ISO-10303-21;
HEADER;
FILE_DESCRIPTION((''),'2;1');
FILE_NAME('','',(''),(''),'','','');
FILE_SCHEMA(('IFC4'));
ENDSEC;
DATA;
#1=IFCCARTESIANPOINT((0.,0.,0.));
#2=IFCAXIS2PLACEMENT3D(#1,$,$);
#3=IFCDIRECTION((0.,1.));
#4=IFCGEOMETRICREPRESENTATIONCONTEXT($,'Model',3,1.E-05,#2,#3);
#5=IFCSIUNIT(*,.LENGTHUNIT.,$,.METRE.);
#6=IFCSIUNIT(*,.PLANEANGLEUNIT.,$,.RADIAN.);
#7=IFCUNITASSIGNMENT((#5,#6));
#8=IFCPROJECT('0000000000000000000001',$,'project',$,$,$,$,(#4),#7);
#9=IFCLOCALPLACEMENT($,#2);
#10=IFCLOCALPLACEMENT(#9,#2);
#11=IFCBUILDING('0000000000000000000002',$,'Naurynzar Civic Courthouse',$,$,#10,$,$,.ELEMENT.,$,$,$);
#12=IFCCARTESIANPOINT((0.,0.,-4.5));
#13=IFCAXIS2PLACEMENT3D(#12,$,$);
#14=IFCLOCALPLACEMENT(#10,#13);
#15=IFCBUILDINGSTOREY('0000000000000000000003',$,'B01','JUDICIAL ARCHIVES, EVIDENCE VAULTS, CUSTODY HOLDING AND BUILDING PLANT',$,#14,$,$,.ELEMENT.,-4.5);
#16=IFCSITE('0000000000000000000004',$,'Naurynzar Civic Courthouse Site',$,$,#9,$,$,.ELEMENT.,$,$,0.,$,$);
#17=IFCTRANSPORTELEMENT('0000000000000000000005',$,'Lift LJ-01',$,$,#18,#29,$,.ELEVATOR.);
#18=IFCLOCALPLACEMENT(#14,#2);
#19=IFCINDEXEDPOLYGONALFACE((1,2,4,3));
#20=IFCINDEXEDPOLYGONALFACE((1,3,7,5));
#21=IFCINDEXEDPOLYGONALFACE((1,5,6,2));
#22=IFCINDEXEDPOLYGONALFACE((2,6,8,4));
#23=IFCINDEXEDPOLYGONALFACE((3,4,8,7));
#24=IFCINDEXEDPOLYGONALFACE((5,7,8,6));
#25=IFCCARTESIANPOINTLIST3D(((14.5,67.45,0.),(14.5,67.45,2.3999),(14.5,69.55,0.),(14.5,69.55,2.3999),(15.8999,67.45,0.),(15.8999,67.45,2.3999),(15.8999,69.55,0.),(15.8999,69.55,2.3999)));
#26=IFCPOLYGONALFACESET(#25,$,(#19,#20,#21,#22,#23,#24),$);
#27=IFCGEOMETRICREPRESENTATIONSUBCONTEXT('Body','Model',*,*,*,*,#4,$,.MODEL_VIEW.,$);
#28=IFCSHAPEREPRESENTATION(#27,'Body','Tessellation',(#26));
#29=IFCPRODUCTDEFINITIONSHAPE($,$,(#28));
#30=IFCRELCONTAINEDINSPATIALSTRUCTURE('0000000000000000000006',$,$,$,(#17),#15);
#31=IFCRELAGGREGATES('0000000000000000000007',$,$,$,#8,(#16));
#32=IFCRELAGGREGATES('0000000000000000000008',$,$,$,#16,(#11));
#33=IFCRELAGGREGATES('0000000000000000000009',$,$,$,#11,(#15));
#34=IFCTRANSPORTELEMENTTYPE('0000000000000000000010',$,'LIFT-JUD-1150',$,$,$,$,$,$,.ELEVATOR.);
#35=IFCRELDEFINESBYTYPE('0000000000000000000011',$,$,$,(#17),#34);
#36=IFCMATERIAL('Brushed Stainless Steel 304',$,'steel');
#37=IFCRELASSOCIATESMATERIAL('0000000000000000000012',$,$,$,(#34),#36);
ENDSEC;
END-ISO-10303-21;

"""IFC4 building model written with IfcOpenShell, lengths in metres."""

from ifc_helpers import new_model, si_unit, direction, frame, origin, origin_2d, place, context, subcontext, project, spatial, rectangle, extrude, material, type_object, element, save


model = new_model("IFC4")

# Units and contexts
model_context = context("Model", 3, precision=1e-05, world=origin(), true_north=direction((0.0, 1.0)))
body_context = subcontext(model_context, "Body", "Model", "MODEL_VIEW")
ifc_project = project(units=[si_unit("LENGTHUNIT", "METRE"), si_unit("PLANEANGLEUNIT", "RADIAN")], contexts=[model_context])

# Site, building, storey
site_placement = place(None, origin())
site = spatial("IfcSite", under=ifc_project, at=site_placement, Name="Naurynzar Civic Courthouse Site", CompositionType="ELEMENT", RefElevation=0.0)
building_placement = place(site_placement, origin())
building = spatial("IfcBuilding", under=site, at=building_placement, Name="Naurynzar Civic Courthouse", CompositionType="ELEMENT")
storey_placement = place(building_placement, frame((0.0, 0.0, -4.5)))
storey = spatial("IfcBuildingStorey", under=building, at=storey_placement, Name="B01", Description="JUDICIAL ARCHIVES, EVIDENCE VAULTS, CUSTODY HOLDING AND BUILDING PLANT", CompositionType="ELEMENT", Elevation=-4.5)

# Transport element
ifc_material_1 = material(Name="Brushed Stainless Steel 304", Category="steel")
transport_element_type = type_object("IfcTransportElementType", Name="LIFT-JUD-1150", PredefinedType="ELEVATOR", material=ifc_material_1)
transport_element_placement = place(storey_placement, frame((15.2, 68.5, 0.0), z_axis=(0.0, 0.0, 1.0), x_axis=(1.0, 0.0, 0.0)))
element("IfcTransportElement", 1, at=transport_element_placement, inside=storey, type_object=transport_element_type, Name="Lift LJ-01", PredefinedType="ELEVATOR", context=body_context, shape_type="SweptSolid", body=[
    extrude(rectangle(XDim=1.3999, YDim=2.1001, at=origin_2d()), origin(), (0.0, 0.0, 1.0), 2.3999),
])

save(model, "model.ifc")
